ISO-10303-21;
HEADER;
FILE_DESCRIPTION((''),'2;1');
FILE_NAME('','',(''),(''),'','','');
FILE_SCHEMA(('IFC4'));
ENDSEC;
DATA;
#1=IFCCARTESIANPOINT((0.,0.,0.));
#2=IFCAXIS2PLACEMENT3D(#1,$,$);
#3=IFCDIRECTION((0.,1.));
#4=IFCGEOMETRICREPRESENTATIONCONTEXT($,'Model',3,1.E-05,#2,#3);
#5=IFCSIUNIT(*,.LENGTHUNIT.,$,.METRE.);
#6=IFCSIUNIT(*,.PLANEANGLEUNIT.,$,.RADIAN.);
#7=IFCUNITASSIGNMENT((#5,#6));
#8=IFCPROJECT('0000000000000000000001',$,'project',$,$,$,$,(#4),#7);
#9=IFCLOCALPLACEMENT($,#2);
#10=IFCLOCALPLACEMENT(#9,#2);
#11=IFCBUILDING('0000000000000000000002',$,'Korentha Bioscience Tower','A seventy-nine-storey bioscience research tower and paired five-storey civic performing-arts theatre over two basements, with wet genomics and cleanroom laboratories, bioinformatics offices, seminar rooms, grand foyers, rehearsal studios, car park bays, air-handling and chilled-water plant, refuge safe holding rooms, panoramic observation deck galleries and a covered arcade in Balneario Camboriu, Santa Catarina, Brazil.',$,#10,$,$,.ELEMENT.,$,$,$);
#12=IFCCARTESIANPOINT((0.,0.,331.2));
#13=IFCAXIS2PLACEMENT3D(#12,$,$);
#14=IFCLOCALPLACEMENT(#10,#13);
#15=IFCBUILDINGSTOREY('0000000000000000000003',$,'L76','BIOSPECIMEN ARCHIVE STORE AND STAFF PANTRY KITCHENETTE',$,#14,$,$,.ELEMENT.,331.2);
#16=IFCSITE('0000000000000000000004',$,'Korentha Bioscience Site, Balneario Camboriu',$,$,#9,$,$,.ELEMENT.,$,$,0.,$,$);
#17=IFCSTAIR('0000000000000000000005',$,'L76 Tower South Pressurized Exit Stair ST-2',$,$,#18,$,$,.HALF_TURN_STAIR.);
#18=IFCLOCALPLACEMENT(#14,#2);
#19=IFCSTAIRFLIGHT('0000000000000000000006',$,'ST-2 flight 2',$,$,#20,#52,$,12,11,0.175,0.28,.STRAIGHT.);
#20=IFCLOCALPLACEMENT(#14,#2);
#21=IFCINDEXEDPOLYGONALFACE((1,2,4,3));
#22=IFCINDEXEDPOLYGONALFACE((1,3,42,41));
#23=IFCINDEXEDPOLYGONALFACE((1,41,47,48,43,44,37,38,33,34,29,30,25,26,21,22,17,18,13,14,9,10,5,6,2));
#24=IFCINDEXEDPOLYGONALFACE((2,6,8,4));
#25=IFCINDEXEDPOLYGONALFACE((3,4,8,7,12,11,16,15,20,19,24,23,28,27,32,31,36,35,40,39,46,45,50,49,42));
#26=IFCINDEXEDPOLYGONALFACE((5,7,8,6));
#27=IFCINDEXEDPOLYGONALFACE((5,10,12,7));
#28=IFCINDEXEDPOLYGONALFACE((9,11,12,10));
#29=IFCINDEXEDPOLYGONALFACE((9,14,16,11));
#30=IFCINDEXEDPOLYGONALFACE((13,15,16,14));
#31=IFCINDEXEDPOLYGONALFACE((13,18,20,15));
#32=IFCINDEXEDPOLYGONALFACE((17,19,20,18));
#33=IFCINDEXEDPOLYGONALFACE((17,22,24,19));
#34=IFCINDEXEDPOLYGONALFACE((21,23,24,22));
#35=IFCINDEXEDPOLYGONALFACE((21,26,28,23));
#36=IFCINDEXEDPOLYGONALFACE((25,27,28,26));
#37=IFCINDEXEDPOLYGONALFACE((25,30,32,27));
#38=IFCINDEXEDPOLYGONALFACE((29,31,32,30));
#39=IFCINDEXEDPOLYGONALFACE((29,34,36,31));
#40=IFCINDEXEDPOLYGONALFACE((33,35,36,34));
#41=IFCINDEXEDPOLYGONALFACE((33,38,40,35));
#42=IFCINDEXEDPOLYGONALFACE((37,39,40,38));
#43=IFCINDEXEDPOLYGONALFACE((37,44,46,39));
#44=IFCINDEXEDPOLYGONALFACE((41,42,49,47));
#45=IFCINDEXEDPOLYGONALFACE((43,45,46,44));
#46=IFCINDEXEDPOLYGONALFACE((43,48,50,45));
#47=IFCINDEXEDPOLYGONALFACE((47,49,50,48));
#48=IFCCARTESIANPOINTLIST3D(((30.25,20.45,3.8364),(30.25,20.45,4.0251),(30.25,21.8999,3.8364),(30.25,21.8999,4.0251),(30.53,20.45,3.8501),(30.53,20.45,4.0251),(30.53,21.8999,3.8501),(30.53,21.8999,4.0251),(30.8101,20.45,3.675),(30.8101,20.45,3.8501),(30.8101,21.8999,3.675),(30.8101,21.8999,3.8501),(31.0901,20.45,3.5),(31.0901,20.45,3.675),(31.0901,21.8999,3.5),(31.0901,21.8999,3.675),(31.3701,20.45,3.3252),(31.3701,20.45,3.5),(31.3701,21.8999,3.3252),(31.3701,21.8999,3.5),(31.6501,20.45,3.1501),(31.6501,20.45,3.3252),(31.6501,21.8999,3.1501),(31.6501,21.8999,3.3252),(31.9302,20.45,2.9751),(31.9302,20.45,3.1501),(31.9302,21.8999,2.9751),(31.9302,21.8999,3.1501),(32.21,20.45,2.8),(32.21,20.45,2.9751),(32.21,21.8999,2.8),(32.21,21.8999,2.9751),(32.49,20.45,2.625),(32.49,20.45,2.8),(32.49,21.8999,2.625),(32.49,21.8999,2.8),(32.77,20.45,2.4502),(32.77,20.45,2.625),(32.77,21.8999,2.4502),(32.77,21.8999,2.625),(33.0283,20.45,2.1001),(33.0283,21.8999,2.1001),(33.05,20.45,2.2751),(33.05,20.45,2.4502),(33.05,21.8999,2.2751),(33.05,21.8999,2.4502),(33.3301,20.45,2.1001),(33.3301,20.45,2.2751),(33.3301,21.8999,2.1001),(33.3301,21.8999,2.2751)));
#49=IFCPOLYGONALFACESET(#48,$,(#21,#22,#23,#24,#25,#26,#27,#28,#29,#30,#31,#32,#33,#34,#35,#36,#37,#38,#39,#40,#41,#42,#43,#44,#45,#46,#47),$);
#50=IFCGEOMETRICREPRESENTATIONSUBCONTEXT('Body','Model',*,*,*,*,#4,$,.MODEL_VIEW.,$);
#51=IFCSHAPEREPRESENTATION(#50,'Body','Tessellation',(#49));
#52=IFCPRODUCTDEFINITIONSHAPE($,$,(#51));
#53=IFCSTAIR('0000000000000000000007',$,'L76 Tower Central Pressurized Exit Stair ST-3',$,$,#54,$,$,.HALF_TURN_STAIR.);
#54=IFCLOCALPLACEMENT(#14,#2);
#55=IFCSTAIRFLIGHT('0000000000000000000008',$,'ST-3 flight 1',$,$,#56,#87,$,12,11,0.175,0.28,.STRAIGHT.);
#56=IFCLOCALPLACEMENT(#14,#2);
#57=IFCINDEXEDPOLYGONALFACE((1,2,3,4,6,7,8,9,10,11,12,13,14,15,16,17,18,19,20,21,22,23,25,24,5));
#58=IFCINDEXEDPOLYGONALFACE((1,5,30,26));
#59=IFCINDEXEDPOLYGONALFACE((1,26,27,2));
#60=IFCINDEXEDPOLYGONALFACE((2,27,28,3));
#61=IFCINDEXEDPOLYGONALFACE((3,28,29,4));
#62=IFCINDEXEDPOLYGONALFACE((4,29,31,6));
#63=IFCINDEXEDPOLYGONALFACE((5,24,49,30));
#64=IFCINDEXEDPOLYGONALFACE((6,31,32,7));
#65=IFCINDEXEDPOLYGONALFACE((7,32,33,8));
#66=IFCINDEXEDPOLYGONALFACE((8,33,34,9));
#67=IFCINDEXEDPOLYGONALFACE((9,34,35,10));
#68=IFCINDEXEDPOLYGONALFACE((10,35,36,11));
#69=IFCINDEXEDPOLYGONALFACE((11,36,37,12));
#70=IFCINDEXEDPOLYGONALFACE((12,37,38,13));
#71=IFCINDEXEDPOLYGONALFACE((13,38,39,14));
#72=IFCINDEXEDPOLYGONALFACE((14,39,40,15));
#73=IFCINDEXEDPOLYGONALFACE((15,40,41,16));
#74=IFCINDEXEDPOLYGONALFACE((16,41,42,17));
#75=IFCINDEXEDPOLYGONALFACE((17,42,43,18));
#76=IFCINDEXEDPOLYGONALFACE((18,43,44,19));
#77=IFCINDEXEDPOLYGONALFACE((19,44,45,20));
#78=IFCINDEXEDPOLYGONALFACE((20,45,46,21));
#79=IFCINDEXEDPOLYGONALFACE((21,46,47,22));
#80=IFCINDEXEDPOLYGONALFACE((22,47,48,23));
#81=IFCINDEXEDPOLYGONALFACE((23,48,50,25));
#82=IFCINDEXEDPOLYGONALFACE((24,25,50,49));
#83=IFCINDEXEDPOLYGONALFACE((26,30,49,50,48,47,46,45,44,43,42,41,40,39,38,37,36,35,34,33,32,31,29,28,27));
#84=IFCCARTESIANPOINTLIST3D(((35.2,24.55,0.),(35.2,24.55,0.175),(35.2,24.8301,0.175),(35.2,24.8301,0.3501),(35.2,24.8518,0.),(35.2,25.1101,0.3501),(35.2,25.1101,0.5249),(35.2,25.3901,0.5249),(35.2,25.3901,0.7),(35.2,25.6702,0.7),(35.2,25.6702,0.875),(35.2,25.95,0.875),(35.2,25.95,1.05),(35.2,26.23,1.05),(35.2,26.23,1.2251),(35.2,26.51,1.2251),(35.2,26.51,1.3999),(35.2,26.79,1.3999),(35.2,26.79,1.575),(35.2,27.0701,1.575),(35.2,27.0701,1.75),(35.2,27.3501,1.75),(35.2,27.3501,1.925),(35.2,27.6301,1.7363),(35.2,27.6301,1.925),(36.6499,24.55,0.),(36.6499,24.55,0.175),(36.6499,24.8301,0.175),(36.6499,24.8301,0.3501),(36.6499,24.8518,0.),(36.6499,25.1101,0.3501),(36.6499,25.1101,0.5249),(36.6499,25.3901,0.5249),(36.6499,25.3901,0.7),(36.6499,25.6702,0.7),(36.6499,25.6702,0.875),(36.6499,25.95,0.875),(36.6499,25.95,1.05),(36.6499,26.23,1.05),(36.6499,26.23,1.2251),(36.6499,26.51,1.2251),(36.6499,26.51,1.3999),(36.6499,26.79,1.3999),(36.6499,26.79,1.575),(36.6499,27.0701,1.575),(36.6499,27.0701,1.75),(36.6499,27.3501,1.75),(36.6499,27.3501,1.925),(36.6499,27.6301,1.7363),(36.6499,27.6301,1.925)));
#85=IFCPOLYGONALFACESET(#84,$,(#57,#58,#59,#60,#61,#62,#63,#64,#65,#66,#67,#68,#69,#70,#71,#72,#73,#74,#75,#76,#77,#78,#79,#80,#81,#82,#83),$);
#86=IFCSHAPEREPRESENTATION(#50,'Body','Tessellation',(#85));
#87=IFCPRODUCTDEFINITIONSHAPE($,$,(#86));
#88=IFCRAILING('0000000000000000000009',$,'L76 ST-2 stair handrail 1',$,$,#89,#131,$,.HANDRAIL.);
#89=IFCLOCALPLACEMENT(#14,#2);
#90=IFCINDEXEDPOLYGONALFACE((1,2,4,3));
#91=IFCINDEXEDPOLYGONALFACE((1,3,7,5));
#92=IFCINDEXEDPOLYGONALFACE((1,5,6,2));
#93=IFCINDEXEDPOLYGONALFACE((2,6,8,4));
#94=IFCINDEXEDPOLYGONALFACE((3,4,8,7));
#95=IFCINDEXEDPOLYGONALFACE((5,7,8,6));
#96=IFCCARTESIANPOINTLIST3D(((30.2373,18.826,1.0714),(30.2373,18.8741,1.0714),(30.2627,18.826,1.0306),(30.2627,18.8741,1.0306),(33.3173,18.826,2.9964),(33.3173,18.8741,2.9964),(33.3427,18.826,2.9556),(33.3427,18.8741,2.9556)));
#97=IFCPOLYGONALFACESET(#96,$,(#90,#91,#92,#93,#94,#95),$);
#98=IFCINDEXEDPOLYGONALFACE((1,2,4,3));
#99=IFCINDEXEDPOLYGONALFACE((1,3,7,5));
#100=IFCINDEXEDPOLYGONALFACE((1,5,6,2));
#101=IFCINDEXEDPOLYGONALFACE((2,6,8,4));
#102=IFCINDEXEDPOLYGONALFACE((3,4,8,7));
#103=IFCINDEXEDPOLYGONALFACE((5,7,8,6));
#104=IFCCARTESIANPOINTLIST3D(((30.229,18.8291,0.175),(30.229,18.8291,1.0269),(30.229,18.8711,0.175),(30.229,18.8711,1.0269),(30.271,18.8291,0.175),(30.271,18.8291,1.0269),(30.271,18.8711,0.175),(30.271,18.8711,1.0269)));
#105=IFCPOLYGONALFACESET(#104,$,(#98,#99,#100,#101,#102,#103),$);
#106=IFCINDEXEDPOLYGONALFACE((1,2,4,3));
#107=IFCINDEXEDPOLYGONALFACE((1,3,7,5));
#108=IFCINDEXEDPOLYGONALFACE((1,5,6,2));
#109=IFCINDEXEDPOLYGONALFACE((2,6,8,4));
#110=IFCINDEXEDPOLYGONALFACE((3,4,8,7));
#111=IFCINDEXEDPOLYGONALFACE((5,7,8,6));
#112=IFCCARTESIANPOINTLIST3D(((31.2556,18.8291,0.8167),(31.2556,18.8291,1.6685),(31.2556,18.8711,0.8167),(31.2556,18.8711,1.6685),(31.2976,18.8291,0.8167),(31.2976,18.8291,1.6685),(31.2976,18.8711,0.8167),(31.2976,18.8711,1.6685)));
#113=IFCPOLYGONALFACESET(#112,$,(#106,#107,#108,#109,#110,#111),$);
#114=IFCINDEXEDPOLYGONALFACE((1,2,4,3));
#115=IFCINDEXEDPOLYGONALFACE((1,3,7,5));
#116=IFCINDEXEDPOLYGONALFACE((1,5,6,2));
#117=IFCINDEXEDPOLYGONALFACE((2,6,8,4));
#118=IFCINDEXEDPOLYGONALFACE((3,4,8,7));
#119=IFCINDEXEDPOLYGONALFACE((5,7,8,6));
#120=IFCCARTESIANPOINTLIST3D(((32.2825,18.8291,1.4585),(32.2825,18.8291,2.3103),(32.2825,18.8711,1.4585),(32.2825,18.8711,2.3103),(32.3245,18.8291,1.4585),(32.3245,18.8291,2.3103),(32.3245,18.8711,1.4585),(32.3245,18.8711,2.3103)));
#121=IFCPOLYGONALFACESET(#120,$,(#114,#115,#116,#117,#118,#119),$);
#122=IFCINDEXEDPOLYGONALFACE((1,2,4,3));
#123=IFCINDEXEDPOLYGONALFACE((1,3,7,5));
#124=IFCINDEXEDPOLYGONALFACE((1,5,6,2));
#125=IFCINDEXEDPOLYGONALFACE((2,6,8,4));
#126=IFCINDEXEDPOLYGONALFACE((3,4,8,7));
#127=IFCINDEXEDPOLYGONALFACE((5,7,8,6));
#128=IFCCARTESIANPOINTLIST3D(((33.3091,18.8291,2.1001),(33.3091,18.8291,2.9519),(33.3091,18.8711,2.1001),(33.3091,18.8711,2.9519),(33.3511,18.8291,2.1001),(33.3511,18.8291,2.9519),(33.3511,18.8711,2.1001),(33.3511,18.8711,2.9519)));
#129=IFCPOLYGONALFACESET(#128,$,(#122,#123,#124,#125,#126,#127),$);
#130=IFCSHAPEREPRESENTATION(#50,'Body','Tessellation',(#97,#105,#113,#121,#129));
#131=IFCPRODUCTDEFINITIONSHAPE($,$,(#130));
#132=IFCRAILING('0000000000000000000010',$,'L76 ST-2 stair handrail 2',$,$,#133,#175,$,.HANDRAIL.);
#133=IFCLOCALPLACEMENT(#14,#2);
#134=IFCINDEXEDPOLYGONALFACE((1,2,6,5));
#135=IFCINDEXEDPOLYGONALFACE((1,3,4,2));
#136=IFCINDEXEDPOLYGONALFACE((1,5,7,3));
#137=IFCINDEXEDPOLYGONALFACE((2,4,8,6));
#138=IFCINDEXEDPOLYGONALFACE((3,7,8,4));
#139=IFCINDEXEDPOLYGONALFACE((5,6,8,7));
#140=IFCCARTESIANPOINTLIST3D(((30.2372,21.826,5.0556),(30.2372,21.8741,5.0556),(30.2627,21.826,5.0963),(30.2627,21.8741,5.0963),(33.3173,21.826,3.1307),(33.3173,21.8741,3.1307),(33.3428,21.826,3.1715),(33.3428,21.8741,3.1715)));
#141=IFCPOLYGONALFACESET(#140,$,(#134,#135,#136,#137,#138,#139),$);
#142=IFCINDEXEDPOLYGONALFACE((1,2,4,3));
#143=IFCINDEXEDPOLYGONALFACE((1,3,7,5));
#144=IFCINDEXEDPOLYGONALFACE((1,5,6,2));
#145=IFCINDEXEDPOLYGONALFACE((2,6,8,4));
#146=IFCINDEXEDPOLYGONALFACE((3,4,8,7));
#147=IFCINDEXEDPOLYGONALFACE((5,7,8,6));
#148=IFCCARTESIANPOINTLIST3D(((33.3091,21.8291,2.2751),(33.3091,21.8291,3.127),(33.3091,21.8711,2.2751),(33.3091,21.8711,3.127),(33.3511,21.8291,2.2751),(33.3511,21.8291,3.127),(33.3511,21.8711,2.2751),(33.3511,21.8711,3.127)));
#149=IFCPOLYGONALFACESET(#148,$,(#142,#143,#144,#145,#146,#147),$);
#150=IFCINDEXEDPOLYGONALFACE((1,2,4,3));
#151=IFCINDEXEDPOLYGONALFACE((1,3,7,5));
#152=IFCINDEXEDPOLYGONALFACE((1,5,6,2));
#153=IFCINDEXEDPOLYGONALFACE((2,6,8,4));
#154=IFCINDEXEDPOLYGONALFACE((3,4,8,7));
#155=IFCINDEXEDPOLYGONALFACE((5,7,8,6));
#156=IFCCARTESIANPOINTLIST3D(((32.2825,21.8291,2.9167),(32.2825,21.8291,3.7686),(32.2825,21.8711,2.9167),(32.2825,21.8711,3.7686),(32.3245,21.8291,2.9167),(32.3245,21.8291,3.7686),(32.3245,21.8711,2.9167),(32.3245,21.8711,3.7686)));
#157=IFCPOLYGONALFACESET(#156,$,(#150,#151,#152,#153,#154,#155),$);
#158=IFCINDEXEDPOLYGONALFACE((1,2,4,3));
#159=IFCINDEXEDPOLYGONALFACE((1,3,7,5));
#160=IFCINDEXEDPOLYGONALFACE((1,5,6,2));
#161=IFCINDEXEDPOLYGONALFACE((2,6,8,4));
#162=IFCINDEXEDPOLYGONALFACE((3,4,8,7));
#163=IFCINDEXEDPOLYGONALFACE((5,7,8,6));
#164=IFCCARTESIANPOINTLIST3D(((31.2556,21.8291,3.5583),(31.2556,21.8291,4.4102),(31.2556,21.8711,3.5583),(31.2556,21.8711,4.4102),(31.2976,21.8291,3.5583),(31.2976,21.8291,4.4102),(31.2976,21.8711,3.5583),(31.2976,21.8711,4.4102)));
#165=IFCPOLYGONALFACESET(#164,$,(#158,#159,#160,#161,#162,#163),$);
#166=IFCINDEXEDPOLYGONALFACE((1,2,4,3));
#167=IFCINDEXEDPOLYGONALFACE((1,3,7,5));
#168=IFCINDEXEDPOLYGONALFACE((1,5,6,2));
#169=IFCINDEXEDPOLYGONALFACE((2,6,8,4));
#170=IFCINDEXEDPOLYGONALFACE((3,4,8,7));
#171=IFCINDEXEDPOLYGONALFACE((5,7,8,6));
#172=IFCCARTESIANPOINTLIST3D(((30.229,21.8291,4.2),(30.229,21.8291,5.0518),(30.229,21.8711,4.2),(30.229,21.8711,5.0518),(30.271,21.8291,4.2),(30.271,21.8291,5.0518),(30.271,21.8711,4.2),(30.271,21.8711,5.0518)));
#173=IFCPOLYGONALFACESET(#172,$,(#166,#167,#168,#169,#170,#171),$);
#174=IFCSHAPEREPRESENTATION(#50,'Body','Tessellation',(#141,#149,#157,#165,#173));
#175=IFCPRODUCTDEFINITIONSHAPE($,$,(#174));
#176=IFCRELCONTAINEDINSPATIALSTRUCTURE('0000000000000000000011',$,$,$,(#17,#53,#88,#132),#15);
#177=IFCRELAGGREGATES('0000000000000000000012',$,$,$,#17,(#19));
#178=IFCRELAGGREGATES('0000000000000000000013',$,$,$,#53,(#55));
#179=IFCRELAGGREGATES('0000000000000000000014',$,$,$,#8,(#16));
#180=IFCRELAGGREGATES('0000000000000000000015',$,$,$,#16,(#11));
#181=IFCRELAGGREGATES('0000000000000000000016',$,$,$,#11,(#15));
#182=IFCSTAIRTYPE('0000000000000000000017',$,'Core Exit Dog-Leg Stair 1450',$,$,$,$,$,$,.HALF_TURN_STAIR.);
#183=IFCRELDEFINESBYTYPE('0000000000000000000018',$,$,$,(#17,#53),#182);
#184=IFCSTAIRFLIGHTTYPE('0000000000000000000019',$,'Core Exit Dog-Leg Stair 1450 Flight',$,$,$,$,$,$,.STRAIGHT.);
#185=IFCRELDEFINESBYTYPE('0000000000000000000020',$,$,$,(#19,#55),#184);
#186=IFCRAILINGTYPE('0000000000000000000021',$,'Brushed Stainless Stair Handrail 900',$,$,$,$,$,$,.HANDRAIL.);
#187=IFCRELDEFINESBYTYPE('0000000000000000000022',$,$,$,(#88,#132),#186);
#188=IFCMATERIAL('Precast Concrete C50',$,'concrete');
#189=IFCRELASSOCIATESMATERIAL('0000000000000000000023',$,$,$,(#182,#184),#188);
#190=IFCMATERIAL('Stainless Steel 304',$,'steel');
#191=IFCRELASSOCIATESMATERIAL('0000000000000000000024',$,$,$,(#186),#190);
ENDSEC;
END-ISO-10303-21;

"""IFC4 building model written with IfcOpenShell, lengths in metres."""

from ifc_helpers import new_model, si_unit, direction, frame, origin, origin_2d, place, context, subcontext, project, spatial, polyline, rectangle, outline, extrude, material, type_object, element, aggregate, save


model = new_model("IFC4")

# Units and contexts
model_context = context("Model", 3, precision=1e-05, world=origin(), true_north=direction((0.0, 1.0)))
body_context = subcontext(model_context, "Body", "Model", "MODEL_VIEW")
ifc_project = project(units=[si_unit("LENGTHUNIT", "METRE"), si_unit("PLANEANGLEUNIT", "RADIAN")], contexts=[model_context])

# Site, building, storey
site_placement = place(None, origin())
site = spatial("IfcSite", under=ifc_project, at=site_placement, Name="Korentha Bioscience Site, Balneario Camboriu", CompositionType="ELEMENT", RefElevation=0.0)
building_placement = place(site_placement, origin())
building = spatial("IfcBuilding", under=site, at=building_placement, Name="Korentha Bioscience Tower", Description="A seventy-nine-storey bioscience research tower and paired five-storey civic performing-arts theatre over two basements, with wet genomics and cleanroom laboratories, bioinformatics offices, seminar rooms, grand foyers, rehearsal studios, car park bays, air-handling and chilled-water plant, refuge safe holding rooms, panoramic observation deck galleries and a covered arcade in Balneario Camboriu, Santa Catarina, Brazil.", CompositionType="ELEMENT")
storey_placement = place(building_placement, frame((0.0, 0.0, 331.2)))
storey = spatial("IfcBuildingStorey", under=building, at=storey_placement, Name="L76", Description="BIOSPECIMEN ARCHIVE STORE AND STAFF PANTRY KITCHENETTE", CompositionType="ELEMENT", Elevation=331.2)

# Stair, stair flight
ifc_material_1 = material(Name="Precast Concrete C50", Category="concrete")
stair_type = type_object("IfcStairType", Name="Core Exit Dog-Leg Stair 1450", PredefinedType="HALF_TURN_STAIR", material=ifc_material_1)
stair_1_placement = place(storey_placement, origin())
stair_1 = element("IfcStair", 1, at=stair_1_placement, inside=storey, type_object=stair_type, Name="L76 Tower South Pressurized Exit Stair ST-2", PredefinedType="HALF_TURN_STAIR")
stair_flight_type = type_object("IfcStairFlightType", Name="Core Exit Dog-Leg Stair 1450 Flight", PredefinedType="STRAIGHT", material=ifc_material_1)
stair_flight_1_placement = place(storey_placement, frame((33.3301, 21.175, 2.1001), z_axis=(0.0, 0.0, 1.0), x_axis=(-1.0, 0.0, 0.0)))
stair_flight_1 = element("IfcStairFlight", 2, at=stair_flight_1_placement, type_object=stair_flight_type, Name="ST-2 flight 2", NumberOfRisers=12, NumberOfTreads=11, PredefinedType="STRAIGHT", RiserHeight=0.175, TreadLength=0.28, context=body_context, shape_type="SweptSolid", body=[
    extrude(outline(polyline([(0.0, 0.0), (0.0, 0.175), (0.28, 0.175), (0.28, 0.3501), (0.5601, 0.3501), (0.5601, 0.5249), (0.8401, 0.5249), (0.8401, 0.7), (1.1201, 0.7), (1.1201, 0.875), (1.3999, 0.875), (1.3999, 1.05), (1.6799, 1.05), (1.6799, 1.2251), (1.96, 1.2251), (1.96, 1.3999), (2.24, 1.3999), (2.24, 1.575), (2.52, 1.575), (2.52, 1.75), (2.8, 1.75), (2.8, 1.925), (3.0801, 1.925), (3.0801, 2.1001), (3.0801, 1.7363), (0.3018, 0.0), (0.0, 0.0)])), frame((0.0, 0.7251, 0.0), z_axis=(0.0, -1.0, 0.0), x_axis=(1.0, 0.0, 0.0)), (0.0, 0.0, 1.0), 1.45),
])
aggregate(stair_1, [stair_flight_1])

# Stair, stair flight
stair_2_placement = place(storey_placement, origin())
stair_2 = element("IfcStair", 3, at=stair_2_placement, inside=storey, type_object=stair_type, Name="L76 Tower Central Pressurized Exit Stair ST-3", PredefinedType="HALF_TURN_STAIR")
stair_flight_2_placement = place(storey_placement, frame((35.925, 24.55, 0.0), z_axis=(0.0, 0.0, 1.0), x_axis=(0.0, 1.0, 0.0)))
stair_flight_2 = element("IfcStairFlight", 4, at=stair_flight_2_placement, type_object=stair_flight_type, Name="ST-3 flight 1", NumberOfRisers=12, NumberOfTreads=11, PredefinedType="STRAIGHT", RiserHeight=0.175, TreadLength=0.28, context=body_context, shape_type="SweptSolid", body=[
    extrude(outline(polyline([(0.0, 0.0), (0.0, 0.175), (0.28, 0.175), (0.28, 0.3501), (0.5601, 0.3501), (0.5601, 0.5249), (0.8401, 0.5249), (0.8401, 0.7), (1.1201, 0.7), (1.1201, 0.875), (1.3999, 0.875), (1.3999, 1.05), (1.6799, 1.05), (1.6799, 1.2251), (1.96, 1.2251), (1.96, 1.3999), (2.24, 1.3999), (2.24, 1.575), (2.52, 1.575), (2.52, 1.75), (2.8, 1.75), (2.8, 1.925), (3.0801, 1.925), (3.0801, 2.1001), (3.0801, 1.7363), (0.3018, 0.0), (0.0, 0.0)])), frame((0.0, 0.7251, 0.0), z_axis=(0.0, -1.0, 0.0), x_axis=(1.0, 0.0, 0.0)), (0.0, 0.0, 1.0), 1.45),
])
aggregate(stair_2, [stair_flight_2])

# Railings
ifc_material_2 = material(Name="Stainless Steel 304", Category="steel")
railing_type_1 = type_object("IfcRailingType", Name="Brushed Stainless Stair Handrail 900", PredefinedType="HANDRAIL", material=ifc_material_2)
railing_1_placement = place(storey_placement, frame((30.25, 18.8501, 0.175)))
element("IfcRailing", 5, at=railing_1_placement, inside=storey, type_object=railing_type_1, Name="L76 ST-2 stair handrail 1", PredefinedType="HANDRAIL", context=body_context, shape_type="SweptSolid", body=[
    extrude(rectangle(XDim=0.0481, YDim=0.0481, at=origin_2d()), frame((0.0, 0.0, 0.876), z_axis=(0.847998, 0.0, 0.529999), x_axis=(0.0, 1.0, 0.0)), (0.0, 0.0, 1.0), 3.6321),
    extrude(rectangle(XDim=0.042, YDim=0.042, at=origin_2d()), origin(), (0.0, 0.0, 1.0), 0.8518),
    extrude(rectangle(XDim=0.042, YDim=0.042, at=origin_2d()), frame((1.0266, 0.0, 0.6416)), (0.0, 0.0, 1.0), 0.8518),
    extrude(rectangle(XDim=0.042, YDim=0.042, at=origin_2d()), frame((2.0535, 0.0, 1.2834)), (0.0, 0.0, 1.0), 0.8518),
    extrude(rectangle(XDim=0.042, YDim=0.042, at=origin_2d()), frame((3.0801, 0.0, 1.925)), (0.0, 0.0, 1.0), 0.8518),
])
railing_2_placement = place(storey_placement, frame((33.3301, 21.8501, 2.2751)))
element("IfcRailing", 6, at=railing_2_placement, inside=storey, type_object=railing_type_1, Name="L76 ST-2 stair handrail 2", PredefinedType="HANDRAIL", context=body_context, shape_type="SweptSolid", body=[
    extrude(rectangle(XDim=0.0481, YDim=0.0481, at=origin_2d()), frame((0.0, 0.0, 0.876), z_axis=(-0.848029, 0.0, 0.529951), x_axis=(0.0, -1.0, 0.0)), (0.0, 0.0, 1.0), 3.6321),
    extrude(rectangle(XDim=0.042, YDim=0.042, at=origin_2d()), origin(), (0.0, 0.0, 1.0), 0.8518),
    extrude(rectangle(XDim=0.042, YDim=0.042, at=origin_2d()), frame((-1.0266, 0.0, 0.6416)), (0.0, 0.0, 1.0), 0.8518),
    extrude(rectangle(XDim=0.042, YDim=0.042, at=origin_2d()), frame((-2.0535, 0.0, 1.2832)), (0.0, 0.0, 1.0), 0.8518),
    extrude(rectangle(XDim=0.042, YDim=0.042, at=origin_2d()), frame((-3.0801, 0.0, 1.9248)), (0.0, 0.0, 1.0), 0.8518),
])

save(model, "model.ifc")
